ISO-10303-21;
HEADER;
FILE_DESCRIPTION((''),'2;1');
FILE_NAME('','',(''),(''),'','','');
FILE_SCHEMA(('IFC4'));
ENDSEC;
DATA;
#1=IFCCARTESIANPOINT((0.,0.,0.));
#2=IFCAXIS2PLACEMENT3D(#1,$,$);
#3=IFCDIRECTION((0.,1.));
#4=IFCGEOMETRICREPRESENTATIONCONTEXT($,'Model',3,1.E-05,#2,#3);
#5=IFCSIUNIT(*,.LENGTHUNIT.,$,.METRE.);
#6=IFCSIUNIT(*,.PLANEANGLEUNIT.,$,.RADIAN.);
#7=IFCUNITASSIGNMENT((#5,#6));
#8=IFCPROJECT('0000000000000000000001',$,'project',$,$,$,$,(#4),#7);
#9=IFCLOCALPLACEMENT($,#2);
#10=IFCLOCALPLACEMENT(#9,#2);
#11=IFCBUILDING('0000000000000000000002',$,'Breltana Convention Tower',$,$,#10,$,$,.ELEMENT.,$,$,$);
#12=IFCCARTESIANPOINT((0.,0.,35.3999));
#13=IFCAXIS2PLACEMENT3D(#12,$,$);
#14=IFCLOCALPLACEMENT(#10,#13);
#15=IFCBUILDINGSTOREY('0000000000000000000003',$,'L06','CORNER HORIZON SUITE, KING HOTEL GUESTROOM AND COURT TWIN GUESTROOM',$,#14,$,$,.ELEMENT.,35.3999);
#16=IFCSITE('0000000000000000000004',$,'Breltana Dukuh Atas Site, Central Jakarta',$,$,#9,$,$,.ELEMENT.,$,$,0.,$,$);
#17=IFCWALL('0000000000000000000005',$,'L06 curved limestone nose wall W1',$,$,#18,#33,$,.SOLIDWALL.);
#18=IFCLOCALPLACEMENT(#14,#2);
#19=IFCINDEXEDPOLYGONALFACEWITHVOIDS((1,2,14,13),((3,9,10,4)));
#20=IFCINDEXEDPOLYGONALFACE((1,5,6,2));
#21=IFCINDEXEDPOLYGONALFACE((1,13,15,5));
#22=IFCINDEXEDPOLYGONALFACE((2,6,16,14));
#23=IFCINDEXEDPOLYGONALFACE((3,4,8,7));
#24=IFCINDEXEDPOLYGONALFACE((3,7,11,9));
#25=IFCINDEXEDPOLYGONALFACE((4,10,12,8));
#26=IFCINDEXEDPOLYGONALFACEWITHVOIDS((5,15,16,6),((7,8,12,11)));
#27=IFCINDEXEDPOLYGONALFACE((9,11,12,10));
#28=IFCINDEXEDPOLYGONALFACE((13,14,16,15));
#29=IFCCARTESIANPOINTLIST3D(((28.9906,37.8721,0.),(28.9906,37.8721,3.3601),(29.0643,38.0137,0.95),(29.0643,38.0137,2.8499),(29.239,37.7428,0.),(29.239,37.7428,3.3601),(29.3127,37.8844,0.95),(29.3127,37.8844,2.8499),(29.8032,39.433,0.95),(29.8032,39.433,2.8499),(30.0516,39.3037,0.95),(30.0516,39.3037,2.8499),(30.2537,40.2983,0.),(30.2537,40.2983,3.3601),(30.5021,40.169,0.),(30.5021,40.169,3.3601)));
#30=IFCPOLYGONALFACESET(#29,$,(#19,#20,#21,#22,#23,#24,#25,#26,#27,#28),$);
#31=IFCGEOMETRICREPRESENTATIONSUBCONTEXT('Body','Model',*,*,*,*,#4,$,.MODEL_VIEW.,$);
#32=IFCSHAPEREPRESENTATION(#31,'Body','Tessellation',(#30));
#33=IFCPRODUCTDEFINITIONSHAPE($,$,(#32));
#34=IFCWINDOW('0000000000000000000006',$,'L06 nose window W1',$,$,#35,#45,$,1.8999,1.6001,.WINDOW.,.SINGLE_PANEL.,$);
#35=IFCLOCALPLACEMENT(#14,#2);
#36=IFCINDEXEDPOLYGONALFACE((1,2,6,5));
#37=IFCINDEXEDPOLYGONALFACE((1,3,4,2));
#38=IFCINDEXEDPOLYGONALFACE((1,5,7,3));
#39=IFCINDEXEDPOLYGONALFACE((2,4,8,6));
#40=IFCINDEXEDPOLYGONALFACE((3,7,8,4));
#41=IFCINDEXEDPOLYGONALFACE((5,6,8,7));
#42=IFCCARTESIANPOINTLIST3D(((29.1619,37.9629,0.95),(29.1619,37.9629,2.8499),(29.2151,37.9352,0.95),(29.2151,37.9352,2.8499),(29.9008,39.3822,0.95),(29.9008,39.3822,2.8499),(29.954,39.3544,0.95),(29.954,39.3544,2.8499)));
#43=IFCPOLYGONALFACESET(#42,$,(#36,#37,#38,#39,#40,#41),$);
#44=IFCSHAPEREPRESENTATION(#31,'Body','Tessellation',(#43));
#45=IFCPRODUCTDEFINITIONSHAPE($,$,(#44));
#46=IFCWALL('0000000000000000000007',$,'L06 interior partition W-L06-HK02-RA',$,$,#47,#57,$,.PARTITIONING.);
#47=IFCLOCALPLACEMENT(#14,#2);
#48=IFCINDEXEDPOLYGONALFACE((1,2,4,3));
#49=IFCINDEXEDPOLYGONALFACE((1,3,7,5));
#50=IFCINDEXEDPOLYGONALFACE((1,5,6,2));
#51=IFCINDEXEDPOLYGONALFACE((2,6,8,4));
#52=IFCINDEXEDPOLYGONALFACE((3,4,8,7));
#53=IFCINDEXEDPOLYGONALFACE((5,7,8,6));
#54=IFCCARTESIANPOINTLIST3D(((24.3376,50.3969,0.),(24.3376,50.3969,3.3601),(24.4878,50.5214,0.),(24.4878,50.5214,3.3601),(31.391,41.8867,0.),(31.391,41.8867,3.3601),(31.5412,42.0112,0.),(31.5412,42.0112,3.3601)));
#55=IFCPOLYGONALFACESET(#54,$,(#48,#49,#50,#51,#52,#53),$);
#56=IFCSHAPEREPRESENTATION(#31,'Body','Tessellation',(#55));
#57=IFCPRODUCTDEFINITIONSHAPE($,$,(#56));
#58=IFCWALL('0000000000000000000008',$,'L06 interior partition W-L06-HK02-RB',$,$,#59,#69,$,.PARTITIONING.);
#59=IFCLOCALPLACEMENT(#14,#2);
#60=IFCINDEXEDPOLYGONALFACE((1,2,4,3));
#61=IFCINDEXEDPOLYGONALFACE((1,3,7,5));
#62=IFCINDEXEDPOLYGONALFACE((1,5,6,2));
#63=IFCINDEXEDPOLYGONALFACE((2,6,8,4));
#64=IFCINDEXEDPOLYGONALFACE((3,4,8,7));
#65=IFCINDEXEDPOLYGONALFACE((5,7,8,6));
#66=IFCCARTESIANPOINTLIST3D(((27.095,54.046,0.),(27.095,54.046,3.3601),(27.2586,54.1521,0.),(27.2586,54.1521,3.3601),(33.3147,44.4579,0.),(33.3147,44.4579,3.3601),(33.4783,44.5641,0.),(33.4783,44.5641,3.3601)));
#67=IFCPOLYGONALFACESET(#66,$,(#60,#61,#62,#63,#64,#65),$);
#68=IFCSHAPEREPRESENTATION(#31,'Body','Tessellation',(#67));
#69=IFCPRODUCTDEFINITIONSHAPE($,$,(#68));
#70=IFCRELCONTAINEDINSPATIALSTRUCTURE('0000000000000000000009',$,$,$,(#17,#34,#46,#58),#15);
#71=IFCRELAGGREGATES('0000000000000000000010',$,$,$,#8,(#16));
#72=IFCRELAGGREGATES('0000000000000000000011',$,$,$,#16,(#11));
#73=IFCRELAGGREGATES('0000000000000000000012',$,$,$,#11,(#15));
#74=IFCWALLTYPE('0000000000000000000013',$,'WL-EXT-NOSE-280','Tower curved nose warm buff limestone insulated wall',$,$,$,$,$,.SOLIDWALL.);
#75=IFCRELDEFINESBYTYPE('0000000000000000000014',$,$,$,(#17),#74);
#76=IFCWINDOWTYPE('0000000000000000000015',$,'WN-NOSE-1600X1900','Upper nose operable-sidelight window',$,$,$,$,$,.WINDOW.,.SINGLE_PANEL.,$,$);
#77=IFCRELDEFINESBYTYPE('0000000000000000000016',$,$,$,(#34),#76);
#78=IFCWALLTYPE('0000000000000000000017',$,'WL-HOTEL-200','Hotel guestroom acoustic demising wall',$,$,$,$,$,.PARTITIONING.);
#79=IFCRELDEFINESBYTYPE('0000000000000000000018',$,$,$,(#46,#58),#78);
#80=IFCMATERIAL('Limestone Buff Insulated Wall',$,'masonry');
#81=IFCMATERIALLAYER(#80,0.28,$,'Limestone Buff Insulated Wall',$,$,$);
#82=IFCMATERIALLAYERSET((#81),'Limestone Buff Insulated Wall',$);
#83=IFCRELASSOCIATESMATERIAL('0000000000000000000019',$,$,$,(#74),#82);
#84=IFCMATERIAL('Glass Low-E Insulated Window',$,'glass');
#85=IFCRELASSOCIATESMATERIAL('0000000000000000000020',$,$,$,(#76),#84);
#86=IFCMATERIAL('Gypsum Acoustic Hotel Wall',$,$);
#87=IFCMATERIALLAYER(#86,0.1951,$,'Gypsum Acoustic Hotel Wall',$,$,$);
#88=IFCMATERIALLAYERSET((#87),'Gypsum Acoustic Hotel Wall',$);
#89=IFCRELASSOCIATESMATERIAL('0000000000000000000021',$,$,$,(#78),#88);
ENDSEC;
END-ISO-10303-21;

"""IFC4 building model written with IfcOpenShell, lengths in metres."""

from ifc_helpers import new_model, si_unit, direction, frame, frame_2d, origin, place, context, subcontext, project, spatial, rectangle, extrude, source, transform, mapped, material, layer, layer_set, type_object, type_shapes, element, fill, save


model = new_model("IFC4")

# Units and contexts
model_context = context("Model", 3, precision=1e-05, world=origin(), true_north=direction((0.0, 1.0)))
body_context = subcontext(model_context, "Body", "Model", "MODEL_VIEW")
ifc_project = project(units=[si_unit("LENGTHUNIT", "METRE"), si_unit("PLANEANGLEUNIT", "RADIAN")], contexts=[model_context])

# Site, building, storey
site_placement = place(None, origin())
site = spatial("IfcSite", under=ifc_project, at=site_placement, Name="Breltana Dukuh Atas Site, Central Jakarta", CompositionType="ELEMENT", RefElevation=0.0)
building_placement = place(site_placement, origin())
building = spatial("IfcBuilding", under=site, at=building_placement, Name="Breltana Convention Tower", CompositionType="ELEMENT")
storey_placement = place(building_placement, frame((0.0, 0.0, 35.3999)))
storey = spatial("IfcBuildingStorey", under=building, at=storey_placement, Name="L06", Description="CORNER HORIZON SUITE, KING HOTEL GUESTROOM AND COURT TWIN GUESTROOM", CompositionType="ELEMENT", Elevation=35.3999)

# Wall, opening, window
ifc_material_1 = material(Name="Limestone Buff Insulated Wall", Category="masonry")
ifc_layer_1 = layer(ifc_material_1, 0.28, Name="Limestone Buff Insulated Wall")
ifc_layer_set_1 = layer_set([ifc_layer_1], Name="Limestone Buff Insulated Wall")
wall_type_1 = type_object("IfcWallType", Name="WL-EXT-NOSE-280", Description="Tower curved nose warm buff limestone insulated wall", PredefinedType="SOLIDWALL", material=ifc_layer_set_1)
ifc_material_2 = material(Name="Glass Low-E Insulated Window", Category="glass")
window_type = type_object("IfcWindowType", Name="WN-NOSE-1600X1900", Description="Upper nose operable-sidelight window", PartitioningType="SINGLE_PANEL", PredefinedType="WINDOW", material=ifc_material_2)
shared_shape_1 = source(origin(), body_context, "Body", "SweptSolid", [
    extrude(rectangle(XDim=1.6001, YDim=1.8999, at=frame_2d((0.8, 0.95))), frame((0.0, 0.03, 0.0), z_axis=(0.0, -1.0, 0.0), x_axis=(1.0, 0.0, 0.0)), (0.0, 0.0, 1.0), 0.0601),
])
type_shapes(window_type, [shared_shape_1])
shared_shape_2 = source(origin(), body_context, "Body", "SweptSolid", [
    extrude(rectangle(XDim=2.7354, YDim=0.28, at=frame_2d((1.3677, 0.0))), origin(), (0.0, 0.0, 1.0), 3.3601),
])
wall_1_placement = place(storey_placement, frame((30.3779, 40.2336, 0.0), z_axis=(0.0, 0.0, 1.0), x_axis=(-0.461791, -0.886989, 0.0)))
wall_1 = element("IfcWall", 1, at=wall_1_placement, inside=storey, type_object=wall_type_1, Name="L06 curved limestone nose wall W1", PredefinedType="SOLIDWALL", context=body_context, shape_type="MappedRepresentation", body=[
    mapped(shared_shape_2, transform((0.0, 0.0, 0.0), scale=1.0)),
])
opening_1_placement = place(wall_1_placement, frame((0.9756, 0.0, 0.95)))
opening_1 = element("IfcOpeningElement", 2, at=opening_1_placement, cuts=wall_1, PredefinedType="OPENING", context=body_context, shape_type="SweptSolid", body=[
    extrude(rectangle(XDim=1.6001, YDim=1.8999, at=frame_2d((0.8, 0.95))), frame((0.0, 0.1499, 0.0), z_axis=(0.0, -1.0, 0.0), x_axis=(1.0, 0.0, 0.0)), (0.0, 0.0, 1.0), 0.3),
])
window_1_placement = place(opening_1_placement, origin())
window_1 = element("IfcWindow", 3, at=window_1_placement, inside=storey, type_object=window_type, Name="L06 nose window W1", OverallHeight=1.8999, OverallWidth=1.6001, PartitioningType="SINGLE_PANEL", PredefinedType="WINDOW", context=body_context, shape_type="MappedRepresentation", body=[
    mapped(shared_shape_1, transform((0.0, 0.0, 0.0), scale=1.0)),
])
fill(opening_1, window_1)

# Walls
ifc_material_3 = material(Name="Gypsum Acoustic Hotel Wall")
ifc_layer_2 = layer(ifc_material_3, 0.1951, Name="Gypsum Acoustic Hotel Wall")
ifc_layer_set_2 = layer_set([ifc_layer_2], Name="Gypsum Acoustic Hotel Wall")
wall_type_2 = type_object("IfcWallType", Name="WL-HOTEL-200", Description="Hotel guestroom acoustic demising wall", PredefinedType="PARTITIONING", material=ifc_layer_set_2)
shared_shape_3 = source(origin(), body_context, "Body", "SweptSolid", [
    extrude(rectangle(XDim=11.0532, YDim=0.1951, at=frame_2d((5.5266, 0.0))), origin(), (0.0, 0.0, 1.0), 3.3601),
])
wall_2_placement = place(storey_placement, frame((31.4661, 41.949, 0.0), z_axis=(0.0, 0.0, 1.0), x_axis=(-0.638131, 0.769928, 0.0)))
element("IfcWall", 4, at=wall_2_placement, inside=storey, type_object=wall_type_2, Name="L06 interior partition W-L06-HK02-RA", PredefinedType="PARTITIONING", context=body_context, shape_type="MappedRepresentation", body=[
    mapped(shared_shape_3, transform((0.0, 0.0, 0.0), scale=1.0)),
])
shared_shape_4 = source(origin(), body_context, "Body", "SweptSolid", [
    extrude(rectangle(XDim=11.4287, YDim=0.1951, at=frame_2d((5.7144, 0.0))), origin(), (0.0, 0.0, 1.0), 3.3601),
])
wall_3_placement = place(storey_placement, frame((33.3965, 44.511, 0.0), z_axis=(0.0, 0.0, 1.0), x_axis=(-0.544215, 0.838945, 0.0)))
element("IfcWall", 5, at=wall_3_placement, inside=storey, type_object=wall_type_2, Name="L06 interior partition W-L06-HK02-RB", PredefinedType="PARTITIONING", context=body_context, shape_type="MappedRepresentation", body=[
    mapped(shared_shape_4, transform((0.0, 0.0, 0.0), scale=1.0)),
])

save(model, "model.ifc")
